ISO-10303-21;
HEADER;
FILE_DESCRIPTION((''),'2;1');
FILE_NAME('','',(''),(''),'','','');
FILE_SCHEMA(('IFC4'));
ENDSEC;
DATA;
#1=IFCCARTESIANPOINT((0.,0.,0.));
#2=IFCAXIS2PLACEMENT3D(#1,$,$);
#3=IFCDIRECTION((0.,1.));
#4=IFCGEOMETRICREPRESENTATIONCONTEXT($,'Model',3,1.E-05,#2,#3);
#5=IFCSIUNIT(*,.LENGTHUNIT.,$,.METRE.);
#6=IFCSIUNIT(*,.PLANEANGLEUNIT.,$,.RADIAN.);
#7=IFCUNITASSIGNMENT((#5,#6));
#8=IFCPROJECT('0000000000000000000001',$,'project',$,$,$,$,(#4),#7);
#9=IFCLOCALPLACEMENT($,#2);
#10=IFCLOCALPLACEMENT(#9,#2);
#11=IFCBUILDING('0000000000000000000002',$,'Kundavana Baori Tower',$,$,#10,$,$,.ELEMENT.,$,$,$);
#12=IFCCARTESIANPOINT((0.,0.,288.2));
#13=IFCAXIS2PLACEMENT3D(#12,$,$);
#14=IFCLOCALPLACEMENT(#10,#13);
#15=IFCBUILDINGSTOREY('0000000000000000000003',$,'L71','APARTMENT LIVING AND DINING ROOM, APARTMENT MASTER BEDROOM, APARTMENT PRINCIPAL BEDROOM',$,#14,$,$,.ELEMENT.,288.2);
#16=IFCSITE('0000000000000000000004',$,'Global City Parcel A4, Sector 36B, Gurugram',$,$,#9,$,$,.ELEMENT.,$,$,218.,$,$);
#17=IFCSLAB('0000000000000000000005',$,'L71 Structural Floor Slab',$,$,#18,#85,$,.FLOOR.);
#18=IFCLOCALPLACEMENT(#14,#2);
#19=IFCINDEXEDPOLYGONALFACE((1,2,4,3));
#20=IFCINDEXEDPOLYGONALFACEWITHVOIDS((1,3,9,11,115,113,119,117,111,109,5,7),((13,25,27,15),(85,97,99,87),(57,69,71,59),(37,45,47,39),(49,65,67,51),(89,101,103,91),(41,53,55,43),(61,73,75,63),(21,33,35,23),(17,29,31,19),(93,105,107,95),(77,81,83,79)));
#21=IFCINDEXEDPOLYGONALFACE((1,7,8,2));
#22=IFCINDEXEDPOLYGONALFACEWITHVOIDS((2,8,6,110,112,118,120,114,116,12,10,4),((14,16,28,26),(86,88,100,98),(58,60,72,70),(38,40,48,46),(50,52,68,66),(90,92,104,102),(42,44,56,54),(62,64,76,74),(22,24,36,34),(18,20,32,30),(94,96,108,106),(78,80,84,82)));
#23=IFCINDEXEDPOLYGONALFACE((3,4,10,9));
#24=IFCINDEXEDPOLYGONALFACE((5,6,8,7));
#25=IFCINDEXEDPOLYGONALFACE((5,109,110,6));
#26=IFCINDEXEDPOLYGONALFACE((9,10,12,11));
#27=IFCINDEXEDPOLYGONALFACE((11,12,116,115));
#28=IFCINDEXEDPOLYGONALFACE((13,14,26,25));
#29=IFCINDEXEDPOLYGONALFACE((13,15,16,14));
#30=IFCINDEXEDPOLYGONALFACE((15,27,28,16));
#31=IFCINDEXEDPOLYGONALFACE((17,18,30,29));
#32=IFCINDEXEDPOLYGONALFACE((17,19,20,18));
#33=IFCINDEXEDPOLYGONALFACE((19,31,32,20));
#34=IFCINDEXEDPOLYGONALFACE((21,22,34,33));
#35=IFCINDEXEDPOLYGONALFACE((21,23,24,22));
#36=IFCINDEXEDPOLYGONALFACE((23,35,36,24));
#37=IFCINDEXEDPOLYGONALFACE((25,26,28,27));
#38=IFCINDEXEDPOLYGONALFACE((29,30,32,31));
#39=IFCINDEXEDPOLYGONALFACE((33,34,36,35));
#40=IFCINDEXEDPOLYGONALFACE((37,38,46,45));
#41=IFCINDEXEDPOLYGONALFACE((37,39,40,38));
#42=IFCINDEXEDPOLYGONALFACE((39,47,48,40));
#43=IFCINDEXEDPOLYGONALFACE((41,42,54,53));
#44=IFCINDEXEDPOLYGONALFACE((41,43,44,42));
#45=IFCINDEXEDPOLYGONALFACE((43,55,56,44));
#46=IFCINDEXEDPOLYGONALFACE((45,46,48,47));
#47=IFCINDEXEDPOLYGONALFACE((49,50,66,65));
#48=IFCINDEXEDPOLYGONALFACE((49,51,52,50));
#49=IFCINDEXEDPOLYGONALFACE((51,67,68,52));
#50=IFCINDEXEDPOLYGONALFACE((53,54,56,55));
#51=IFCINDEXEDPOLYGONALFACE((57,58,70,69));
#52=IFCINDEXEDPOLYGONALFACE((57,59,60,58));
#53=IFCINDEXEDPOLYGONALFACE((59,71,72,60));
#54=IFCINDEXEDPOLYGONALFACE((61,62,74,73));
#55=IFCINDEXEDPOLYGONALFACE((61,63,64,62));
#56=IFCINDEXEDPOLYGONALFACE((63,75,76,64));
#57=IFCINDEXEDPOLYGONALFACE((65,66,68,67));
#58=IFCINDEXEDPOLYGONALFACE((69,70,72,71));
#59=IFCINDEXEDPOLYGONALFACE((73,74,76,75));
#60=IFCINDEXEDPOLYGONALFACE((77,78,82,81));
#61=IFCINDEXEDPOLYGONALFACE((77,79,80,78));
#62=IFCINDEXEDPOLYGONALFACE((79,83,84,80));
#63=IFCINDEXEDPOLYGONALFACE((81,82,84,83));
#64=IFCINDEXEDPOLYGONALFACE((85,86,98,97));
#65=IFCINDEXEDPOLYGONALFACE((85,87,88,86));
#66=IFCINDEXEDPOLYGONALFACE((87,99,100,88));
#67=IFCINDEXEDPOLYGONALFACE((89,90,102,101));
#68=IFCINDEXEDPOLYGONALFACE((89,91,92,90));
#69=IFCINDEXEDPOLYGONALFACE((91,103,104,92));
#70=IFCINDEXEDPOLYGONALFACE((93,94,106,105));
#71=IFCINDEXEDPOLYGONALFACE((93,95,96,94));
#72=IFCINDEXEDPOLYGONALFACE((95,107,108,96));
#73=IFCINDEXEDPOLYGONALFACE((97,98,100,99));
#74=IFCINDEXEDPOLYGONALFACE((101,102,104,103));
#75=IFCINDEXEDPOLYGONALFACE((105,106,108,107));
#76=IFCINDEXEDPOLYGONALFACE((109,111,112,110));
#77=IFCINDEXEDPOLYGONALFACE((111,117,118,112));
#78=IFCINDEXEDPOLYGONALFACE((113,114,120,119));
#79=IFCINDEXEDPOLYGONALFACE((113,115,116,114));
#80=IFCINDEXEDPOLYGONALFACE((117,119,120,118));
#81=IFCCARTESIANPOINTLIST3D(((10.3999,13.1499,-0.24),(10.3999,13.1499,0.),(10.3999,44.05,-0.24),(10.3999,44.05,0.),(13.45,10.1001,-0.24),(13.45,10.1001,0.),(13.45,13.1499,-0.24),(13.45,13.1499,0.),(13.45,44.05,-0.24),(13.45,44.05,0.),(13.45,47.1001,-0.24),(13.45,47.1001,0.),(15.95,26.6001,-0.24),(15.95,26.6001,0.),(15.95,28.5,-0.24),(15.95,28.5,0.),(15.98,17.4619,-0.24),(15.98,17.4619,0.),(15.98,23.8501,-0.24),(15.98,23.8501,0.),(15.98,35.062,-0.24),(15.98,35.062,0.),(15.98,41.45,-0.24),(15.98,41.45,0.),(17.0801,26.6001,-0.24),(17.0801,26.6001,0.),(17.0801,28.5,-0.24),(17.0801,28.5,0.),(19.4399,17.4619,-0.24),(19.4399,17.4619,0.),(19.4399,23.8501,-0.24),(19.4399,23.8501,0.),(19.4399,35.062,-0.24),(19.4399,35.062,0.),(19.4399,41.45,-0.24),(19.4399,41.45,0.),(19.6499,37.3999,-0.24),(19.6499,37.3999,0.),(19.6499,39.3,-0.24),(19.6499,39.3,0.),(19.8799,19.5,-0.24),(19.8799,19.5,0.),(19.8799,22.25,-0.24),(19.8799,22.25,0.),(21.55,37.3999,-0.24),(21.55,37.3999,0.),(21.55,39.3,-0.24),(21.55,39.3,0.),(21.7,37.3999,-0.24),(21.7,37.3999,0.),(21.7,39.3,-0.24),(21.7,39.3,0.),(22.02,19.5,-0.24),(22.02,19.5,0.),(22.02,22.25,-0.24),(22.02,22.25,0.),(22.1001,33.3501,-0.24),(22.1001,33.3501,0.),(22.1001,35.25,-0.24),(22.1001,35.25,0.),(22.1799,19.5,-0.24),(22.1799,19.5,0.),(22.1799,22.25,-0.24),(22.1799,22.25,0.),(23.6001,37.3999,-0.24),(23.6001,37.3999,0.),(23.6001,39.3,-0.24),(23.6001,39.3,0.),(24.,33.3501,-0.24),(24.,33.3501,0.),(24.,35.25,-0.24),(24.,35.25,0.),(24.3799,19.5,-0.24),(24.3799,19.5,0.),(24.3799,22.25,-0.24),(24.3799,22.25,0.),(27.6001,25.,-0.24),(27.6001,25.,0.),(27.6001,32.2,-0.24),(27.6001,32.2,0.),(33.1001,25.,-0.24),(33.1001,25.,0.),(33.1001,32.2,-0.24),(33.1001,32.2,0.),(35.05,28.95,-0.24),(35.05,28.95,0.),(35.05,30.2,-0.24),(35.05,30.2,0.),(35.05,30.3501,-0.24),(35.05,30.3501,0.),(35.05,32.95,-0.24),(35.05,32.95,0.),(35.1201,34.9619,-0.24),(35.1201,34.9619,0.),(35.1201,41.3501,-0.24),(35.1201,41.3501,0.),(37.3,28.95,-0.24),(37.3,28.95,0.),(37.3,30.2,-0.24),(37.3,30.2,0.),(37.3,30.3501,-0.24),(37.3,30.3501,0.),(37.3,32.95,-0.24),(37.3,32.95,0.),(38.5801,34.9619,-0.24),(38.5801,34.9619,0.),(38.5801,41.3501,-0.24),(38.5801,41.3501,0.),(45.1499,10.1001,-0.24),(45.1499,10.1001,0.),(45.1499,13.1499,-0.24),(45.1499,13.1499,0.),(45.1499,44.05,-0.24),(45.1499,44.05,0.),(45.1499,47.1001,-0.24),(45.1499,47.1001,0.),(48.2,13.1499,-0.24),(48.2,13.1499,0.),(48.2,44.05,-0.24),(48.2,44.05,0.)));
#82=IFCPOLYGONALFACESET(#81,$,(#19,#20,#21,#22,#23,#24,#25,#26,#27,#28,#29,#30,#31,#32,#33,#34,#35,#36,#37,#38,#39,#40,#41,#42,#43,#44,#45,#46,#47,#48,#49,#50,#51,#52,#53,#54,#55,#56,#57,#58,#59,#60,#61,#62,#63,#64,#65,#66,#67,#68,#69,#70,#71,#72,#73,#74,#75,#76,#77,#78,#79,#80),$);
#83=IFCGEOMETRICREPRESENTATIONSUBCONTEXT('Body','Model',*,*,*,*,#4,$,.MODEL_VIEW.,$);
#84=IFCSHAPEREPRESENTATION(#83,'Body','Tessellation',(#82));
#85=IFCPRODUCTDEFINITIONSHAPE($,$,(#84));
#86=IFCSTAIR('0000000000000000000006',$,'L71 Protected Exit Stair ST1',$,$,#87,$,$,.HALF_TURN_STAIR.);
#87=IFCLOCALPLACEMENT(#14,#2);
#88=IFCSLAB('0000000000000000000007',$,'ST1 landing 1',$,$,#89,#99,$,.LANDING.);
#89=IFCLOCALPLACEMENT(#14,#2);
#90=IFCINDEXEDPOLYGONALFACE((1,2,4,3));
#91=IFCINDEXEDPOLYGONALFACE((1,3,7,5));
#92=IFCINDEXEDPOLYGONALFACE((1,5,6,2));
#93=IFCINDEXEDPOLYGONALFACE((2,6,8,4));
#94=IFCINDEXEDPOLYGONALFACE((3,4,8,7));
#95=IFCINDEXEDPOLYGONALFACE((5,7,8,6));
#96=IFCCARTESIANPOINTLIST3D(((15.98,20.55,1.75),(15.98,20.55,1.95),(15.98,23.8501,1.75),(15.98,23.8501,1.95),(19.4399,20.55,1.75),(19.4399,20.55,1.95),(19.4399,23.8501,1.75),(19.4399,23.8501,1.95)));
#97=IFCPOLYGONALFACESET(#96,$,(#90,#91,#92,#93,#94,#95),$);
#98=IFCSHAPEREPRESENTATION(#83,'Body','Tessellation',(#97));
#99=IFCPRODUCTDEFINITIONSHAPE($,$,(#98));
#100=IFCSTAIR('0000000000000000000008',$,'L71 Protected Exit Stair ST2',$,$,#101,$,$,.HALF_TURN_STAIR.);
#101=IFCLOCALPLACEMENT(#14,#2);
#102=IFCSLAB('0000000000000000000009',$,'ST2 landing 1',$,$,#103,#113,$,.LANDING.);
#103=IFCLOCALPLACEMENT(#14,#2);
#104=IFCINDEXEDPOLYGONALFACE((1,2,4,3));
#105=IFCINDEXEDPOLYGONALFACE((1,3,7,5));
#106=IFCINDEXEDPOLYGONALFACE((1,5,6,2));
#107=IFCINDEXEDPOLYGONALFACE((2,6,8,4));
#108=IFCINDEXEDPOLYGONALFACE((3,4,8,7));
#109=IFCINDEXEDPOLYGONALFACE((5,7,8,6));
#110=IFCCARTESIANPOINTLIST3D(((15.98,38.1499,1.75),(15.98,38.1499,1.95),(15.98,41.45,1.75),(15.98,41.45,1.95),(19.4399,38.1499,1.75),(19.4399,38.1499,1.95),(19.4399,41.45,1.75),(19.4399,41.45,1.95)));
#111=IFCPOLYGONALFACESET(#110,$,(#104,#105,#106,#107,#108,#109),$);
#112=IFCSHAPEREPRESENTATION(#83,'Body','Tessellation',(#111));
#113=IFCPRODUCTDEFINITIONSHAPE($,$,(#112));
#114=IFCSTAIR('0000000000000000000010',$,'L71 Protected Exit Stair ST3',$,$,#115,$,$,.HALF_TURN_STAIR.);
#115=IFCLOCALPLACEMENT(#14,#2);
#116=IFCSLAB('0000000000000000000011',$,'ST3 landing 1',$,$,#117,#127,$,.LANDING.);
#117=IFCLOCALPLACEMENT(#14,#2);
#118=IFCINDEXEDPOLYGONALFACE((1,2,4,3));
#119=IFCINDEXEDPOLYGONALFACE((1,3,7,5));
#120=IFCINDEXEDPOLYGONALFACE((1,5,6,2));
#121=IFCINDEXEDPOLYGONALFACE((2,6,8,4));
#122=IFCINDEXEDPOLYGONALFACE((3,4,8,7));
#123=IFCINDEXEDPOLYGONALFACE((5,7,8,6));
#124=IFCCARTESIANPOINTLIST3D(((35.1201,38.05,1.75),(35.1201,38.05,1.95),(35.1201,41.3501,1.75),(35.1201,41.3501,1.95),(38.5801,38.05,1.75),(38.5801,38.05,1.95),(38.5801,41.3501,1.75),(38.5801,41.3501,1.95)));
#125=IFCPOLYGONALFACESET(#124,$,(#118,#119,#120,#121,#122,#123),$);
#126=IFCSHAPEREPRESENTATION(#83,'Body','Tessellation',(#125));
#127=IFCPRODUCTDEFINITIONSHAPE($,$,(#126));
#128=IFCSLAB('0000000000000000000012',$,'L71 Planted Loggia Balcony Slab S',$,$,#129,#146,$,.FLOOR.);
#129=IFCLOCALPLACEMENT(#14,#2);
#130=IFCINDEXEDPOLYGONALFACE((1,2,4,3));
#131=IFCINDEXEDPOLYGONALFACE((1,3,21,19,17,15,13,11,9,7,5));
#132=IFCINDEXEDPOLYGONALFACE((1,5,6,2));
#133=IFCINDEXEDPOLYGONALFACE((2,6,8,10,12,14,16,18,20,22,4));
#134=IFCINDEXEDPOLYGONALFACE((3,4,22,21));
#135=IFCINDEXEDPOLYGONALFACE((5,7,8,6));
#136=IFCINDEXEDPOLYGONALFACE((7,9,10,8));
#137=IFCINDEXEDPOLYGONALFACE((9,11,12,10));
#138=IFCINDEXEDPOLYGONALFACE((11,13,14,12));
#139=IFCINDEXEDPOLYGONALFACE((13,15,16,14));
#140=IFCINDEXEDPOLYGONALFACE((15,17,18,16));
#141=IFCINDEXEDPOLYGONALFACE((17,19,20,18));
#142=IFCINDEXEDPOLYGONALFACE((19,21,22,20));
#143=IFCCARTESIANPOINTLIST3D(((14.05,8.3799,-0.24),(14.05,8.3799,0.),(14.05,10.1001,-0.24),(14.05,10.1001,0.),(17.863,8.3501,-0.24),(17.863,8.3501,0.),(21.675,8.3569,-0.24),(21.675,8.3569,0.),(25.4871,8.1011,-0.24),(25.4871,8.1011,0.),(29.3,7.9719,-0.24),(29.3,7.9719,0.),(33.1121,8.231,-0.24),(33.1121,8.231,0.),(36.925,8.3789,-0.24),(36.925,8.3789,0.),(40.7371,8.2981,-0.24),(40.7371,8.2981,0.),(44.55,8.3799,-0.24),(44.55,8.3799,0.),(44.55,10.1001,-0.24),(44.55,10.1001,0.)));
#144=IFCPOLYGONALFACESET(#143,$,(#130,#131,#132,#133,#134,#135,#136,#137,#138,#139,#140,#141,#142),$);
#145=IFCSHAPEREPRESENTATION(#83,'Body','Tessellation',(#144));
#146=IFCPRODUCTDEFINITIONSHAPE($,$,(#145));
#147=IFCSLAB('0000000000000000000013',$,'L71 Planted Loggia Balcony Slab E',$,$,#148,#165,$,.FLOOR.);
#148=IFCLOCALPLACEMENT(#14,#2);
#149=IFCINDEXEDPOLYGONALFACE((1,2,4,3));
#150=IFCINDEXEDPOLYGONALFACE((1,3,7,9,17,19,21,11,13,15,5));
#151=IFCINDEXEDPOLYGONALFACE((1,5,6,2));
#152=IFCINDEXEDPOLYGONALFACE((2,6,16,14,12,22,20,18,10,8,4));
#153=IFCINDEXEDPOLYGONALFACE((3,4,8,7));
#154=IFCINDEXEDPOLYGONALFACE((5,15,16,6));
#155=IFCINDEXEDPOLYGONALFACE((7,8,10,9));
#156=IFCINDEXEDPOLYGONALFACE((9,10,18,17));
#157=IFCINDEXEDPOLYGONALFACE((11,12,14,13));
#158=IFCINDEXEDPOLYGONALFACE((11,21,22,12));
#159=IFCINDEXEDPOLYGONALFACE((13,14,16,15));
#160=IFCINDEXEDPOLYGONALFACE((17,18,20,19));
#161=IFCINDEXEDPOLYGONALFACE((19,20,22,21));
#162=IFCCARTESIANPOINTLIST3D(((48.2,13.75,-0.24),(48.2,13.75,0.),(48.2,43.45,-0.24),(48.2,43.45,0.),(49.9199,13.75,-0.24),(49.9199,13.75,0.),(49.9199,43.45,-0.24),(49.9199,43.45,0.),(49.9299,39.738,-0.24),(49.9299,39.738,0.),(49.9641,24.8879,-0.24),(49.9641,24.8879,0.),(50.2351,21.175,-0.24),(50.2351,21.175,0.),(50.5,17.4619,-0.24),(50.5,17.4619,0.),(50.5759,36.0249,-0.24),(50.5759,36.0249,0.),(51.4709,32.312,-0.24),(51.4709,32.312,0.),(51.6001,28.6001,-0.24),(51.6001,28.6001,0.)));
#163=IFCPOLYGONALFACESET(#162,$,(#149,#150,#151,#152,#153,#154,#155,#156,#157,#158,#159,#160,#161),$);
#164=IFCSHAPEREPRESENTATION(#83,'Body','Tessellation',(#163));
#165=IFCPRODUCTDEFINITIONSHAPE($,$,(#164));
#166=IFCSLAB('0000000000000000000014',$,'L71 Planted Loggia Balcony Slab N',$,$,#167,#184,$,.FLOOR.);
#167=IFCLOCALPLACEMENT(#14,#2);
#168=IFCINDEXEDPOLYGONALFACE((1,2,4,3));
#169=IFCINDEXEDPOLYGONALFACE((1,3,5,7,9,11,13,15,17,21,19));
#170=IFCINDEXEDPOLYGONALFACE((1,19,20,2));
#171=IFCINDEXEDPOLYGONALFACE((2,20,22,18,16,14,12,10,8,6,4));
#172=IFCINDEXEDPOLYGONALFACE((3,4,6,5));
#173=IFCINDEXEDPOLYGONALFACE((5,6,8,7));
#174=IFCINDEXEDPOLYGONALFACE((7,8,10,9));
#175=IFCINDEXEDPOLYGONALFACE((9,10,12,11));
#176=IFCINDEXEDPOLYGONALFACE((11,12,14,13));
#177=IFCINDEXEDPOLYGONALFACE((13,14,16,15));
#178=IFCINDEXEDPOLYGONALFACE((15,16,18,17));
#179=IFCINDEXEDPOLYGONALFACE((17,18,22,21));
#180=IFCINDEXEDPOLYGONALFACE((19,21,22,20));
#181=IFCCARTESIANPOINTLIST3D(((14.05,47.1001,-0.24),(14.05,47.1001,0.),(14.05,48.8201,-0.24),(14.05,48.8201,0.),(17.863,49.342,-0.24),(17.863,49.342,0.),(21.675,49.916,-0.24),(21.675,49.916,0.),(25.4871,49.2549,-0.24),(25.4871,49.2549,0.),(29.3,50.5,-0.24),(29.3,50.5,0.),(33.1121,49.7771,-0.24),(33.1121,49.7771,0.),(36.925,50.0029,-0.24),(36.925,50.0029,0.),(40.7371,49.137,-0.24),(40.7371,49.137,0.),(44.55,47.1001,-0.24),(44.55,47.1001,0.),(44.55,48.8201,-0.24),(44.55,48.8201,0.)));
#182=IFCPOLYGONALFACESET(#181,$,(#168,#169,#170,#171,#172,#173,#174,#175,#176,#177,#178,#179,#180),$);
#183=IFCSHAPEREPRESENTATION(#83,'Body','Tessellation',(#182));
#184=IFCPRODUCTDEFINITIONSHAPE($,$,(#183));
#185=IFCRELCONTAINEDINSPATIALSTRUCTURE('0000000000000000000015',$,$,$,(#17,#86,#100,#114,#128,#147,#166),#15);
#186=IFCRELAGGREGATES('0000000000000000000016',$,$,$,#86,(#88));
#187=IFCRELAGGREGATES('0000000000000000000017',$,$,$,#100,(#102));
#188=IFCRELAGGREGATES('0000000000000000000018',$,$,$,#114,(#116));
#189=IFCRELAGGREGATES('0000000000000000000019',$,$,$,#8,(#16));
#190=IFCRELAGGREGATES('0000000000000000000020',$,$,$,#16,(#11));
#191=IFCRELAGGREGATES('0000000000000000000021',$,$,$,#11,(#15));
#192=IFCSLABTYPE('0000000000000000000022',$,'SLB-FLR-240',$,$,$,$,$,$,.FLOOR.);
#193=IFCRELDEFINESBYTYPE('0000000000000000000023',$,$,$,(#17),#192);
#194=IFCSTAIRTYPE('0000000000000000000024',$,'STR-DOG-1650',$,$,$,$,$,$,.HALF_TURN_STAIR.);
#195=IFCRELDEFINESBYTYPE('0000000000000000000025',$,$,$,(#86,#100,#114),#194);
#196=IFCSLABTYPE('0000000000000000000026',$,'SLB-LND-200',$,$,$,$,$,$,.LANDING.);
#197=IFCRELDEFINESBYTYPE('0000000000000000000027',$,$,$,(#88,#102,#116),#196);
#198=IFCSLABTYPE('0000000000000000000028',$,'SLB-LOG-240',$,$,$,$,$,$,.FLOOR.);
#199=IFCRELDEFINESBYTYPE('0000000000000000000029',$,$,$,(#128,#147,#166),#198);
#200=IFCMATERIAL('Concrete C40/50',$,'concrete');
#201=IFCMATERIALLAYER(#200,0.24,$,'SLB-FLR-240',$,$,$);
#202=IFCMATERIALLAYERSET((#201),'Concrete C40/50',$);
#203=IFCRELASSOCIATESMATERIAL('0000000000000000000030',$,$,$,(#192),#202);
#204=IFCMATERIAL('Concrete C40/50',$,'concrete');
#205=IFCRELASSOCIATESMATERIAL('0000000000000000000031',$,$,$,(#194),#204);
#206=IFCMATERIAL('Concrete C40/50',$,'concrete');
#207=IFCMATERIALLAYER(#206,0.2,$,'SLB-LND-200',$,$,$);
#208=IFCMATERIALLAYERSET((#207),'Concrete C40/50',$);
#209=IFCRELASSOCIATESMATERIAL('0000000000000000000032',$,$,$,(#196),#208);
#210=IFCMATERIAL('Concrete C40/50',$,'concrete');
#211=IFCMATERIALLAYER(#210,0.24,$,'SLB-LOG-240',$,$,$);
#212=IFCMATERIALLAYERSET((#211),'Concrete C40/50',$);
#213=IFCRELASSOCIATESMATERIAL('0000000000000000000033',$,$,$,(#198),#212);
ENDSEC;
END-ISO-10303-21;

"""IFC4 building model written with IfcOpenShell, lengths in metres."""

from ifc_helpers import new_model, si_unit, direction, frame, origin, place, context, subcontext, project, spatial, polyline, outline, extrude, material, layer, layer_set, type_object, element, aggregate, save


model = new_model("IFC4")

# Units and contexts
model_context = context("Model", 3, precision=1e-05, world=origin(), true_north=direction((0.0, 1.0)))
body_context = subcontext(model_context, "Body", "Model", "MODEL_VIEW")
ifc_project = project(units=[si_unit("LENGTHUNIT", "METRE"), si_unit("PLANEANGLEUNIT", "RADIAN")], contexts=[model_context])

# Site, building, storey
site_placement = place(None, origin())
site = spatial("IfcSite", under=ifc_project, at=site_placement, Name="Global City Parcel A4, Sector 36B, Gurugram", CompositionType="ELEMENT", RefElevation=218.0)
building_placement = place(site_placement, origin())
building = spatial("IfcBuilding", under=site, at=building_placement, Name="Kundavana Baori Tower", CompositionType="ELEMENT")
storey_placement = place(building_placement, frame((0.0, 0.0, 288.2)))
storey = spatial("IfcBuildingStorey", under=building, at=storey_placement, Name="L71", Description="APARTMENT LIVING AND DINING ROOM, APARTMENT MASTER BEDROOM, APARTMENT PRINCIPAL BEDROOM", CompositionType="ELEMENT", Elevation=288.2)

# Slab
ifc_material_1 = material(Name="Concrete C40/50", Category="concrete")
ifc_layer_1 = layer(ifc_material_1, 0.24, Name="SLB-FLR-240")
ifc_layer_set_1 = layer_set([ifc_layer_1], Name="Concrete C40/50")
slab_type_1 = type_object("IfcSlabType", Name="SLB-FLR-240", PredefinedType="FLOOR", material=ifc_layer_set_1)
slab_1_placement = place(storey_placement, frame((0.0, 0.0, -0.24)))
element("IfcSlab", 1, at=slab_1_placement, inside=storey, type_object=slab_type_1, Name="L71 Structural Floor Slab", PredefinedType="FLOOR", context=body_context, shape_type="SweptSolid", body=[
    extrude(outline(polyline([(13.45, 10.1001), (45.1499, 10.1001), (45.1499, 13.1499), (48.2, 13.1499), (48.2, 44.05), (45.1499, 44.05), (45.1499, 47.1001), (13.45, 47.1001), (13.45, 44.05), (10.3999, 44.05), (10.3999, 13.1499), (13.45, 13.1499), (13.45, 10.1001)]), holes=[polyline([(19.4399, 17.4619), (19.4399, 23.8501), (15.98, 23.8501), (15.98, 17.4619), (19.4399, 17.4619)]), polyline([(19.4399, 35.062), (19.4399, 41.45), (15.98, 41.45), (15.98, 35.062), (19.4399, 35.062)]), polyline([(38.5801, 34.9619), (38.5801, 41.3501), (35.1201, 41.3501), (35.1201, 34.9619), (38.5801, 34.9619)]), polyline([(19.6499, 37.3999), (21.55, 37.3999), (21.55, 39.3), (19.6499, 39.3), (19.6499, 37.3999)]), polyline([(21.7, 37.3999), (23.6001, 37.3999), (23.6001, 39.3), (21.7, 39.3), (21.7, 37.3999)]), polyline([(22.1001, 33.3501), (24.0, 33.3501), (24.0, 35.25), (22.1001, 35.25), (22.1001, 33.3501)]), polyline([(19.8799, 19.5), (22.02, 19.5), (22.02, 22.25), (19.8799, 22.25), (19.8799, 19.5)]), polyline([(22.1799, 19.5), (24.3799, 19.5), (24.3799, 22.25), (22.1799, 22.25), (22.1799, 19.5)]), polyline([(35.05, 30.3501), (37.3, 30.3501), (37.3, 32.95), (35.05, 32.95), (35.05, 30.3501)]), polyline([(15.95, 26.6001), (17.0801, 26.6001), (17.0801, 28.5), (15.95, 28.5), (15.95, 26.6001)]), polyline([(35.05, 28.95), (37.3, 28.95), (37.3, 30.2), (35.05, 30.2), (35.05, 28.95)]), polyline([(27.6001, 25.0), (33.1001, 25.0), (33.1001, 32.2), (27.6001, 32.2), (27.6001, 25.0)])]), origin(), (0.0, 0.0, 1.0), 0.24),
])

# Stairs, slabs
ifc_material_2 = material(Name="Concrete C40/50", Category="concrete")
stair_type = type_object("IfcStairType", Name="STR-DOG-1650", PredefinedType="HALF_TURN_STAIR", material=ifc_material_2)
stair_1_placement = place(storey_placement, origin())
stair_1 = element("IfcStair", 2, at=stair_1_placement, inside=storey, type_object=stair_type, Name="L71 Protected Exit Stair ST1", PredefinedType="HALF_TURN_STAIR")
ifc_material_3 = material(Name="Concrete C40/50", Category="concrete")
ifc_layer_2 = layer(ifc_material_3, 0.2, Name="SLB-LND-200")
ifc_layer_set_2 = layer_set([ifc_layer_2], Name="Concrete C40/50")
slab_type_2 = type_object("IfcSlabType", Name="SLB-LND-200", PredefinedType="LANDING", material=ifc_layer_set_2)
slab_2_placement = place(storey_placement, frame((0.0, 0.0, 1.75)))
slab_2 = element("IfcSlab", 3, at=slab_2_placement, type_object=slab_type_2, Name="ST1 landing 1", PredefinedType="LANDING", context=body_context, shape_type="SweptSolid", body=[
    extrude(outline(polyline([(19.4399, 20.55), (19.4399, 23.8501), (15.98, 23.8501), (15.98, 20.55), (19.4399, 20.55)])), origin(), (0.0, 0.0, 1.0), 0.2),
])
aggregate(stair_1, [slab_2])
stair_2_placement = place(storey_placement, origin())
stair_2 = element("IfcStair", 4, at=stair_2_placement, inside=storey, type_object=stair_type, Name="L71 Protected Exit Stair ST2", PredefinedType="HALF_TURN_STAIR")
slab_3_placement = place(storey_placement, frame((0.0, 0.0, 1.75)))
slab_3 = element("IfcSlab", 5, at=slab_3_placement, type_object=slab_type_2, Name="ST2 landing 1", PredefinedType="LANDING", context=body_context, shape_type="SweptSolid", body=[
    extrude(outline(polyline([(19.4399, 38.1499), (19.4399, 41.45), (15.98, 41.45), (15.98, 38.1499), (19.4399, 38.1499)])), origin(), (0.0, 0.0, 1.0), 0.2),
])
aggregate(stair_2, [slab_3])
stair_3_placement = place(storey_placement, origin())
stair_3 = element("IfcStair", 6, at=stair_3_placement, inside=storey, type_object=stair_type, Name="L71 Protected Exit Stair ST3", PredefinedType="HALF_TURN_STAIR")
slab_4_placement = place(storey_placement, frame((0.0, 0.0, 1.75)))
slab_4 = element("IfcSlab", 7, at=slab_4_placement, type_object=slab_type_2, Name="ST3 landing 1", PredefinedType="LANDING", context=body_context, shape_type="SweptSolid", body=[
    extrude(outline(polyline([(38.5801, 38.05), (38.5801, 41.3501), (35.1201, 41.3501), (35.1201, 38.05), (38.5801, 38.05)])), origin(), (0.0, 0.0, 1.0), 0.2),
])
aggregate(stair_3, [slab_4])

# Slabs
ifc_material_4 = material(Name="Concrete C40/50", Category="concrete")
ifc_layer_3 = layer(ifc_material_4, 0.24, Name="SLB-LOG-240")
ifc_layer_set_3 = layer_set([ifc_layer_3], Name="Concrete C40/50")
slab_type_3 = type_object("IfcSlabType", Name="SLB-LOG-240", PredefinedType="FLOOR", material=ifc_layer_set_3)
slab_5_placement = place(storey_placement, frame((0.0, 0.0, -0.24)))
element("IfcSlab", 8, at=slab_5_placement, inside=storey, type_object=slab_type_3, Name="L71 Planted Loggia Balcony Slab S", PredefinedType="FLOOR", context=body_context, shape_type="SweptSolid", body=[
    extrude(outline(polyline([(14.05, 10.1001), (44.55, 10.1001), (44.55, 8.3799), (40.7371, 8.2981), (36.925, 8.3789), (33.1121, 8.231), (29.3, 7.9719), (25.4871, 8.1011), (21.675, 8.3569), (17.863, 8.3501), (14.05, 8.3799), (14.05, 10.1001)])), origin(), (0.0, 0.0, 1.0), 0.24),
])
slab_6_placement = place(storey_placement, frame((0.0, 0.0, -0.24)))
element("IfcSlab", 9, at=slab_6_placement, inside=storey, type_object=slab_type_3, Name="L71 Planted Loggia Balcony Slab E", PredefinedType="FLOOR", context=body_context, shape_type="SweptSolid", body=[
    extrude(outline(polyline([(48.2, 13.75), (48.2, 43.45), (49.9199, 43.45), (49.9299, 39.738), (50.5759, 36.0249), (51.4709, 32.312), (51.6001, 28.6001), (49.9641, 24.8879), (50.2351, 21.175), (50.5, 17.4619), (49.9199, 13.75), (48.2, 13.75)])), origin(), (0.0, 0.0, 1.0), 0.24),
])
slab_7_placement = place(storey_placement, frame((0.0, 0.0, -0.24)))
element("IfcSlab", 10, at=slab_7_placement, inside=storey, type_object=slab_type_3, Name="L71 Planted Loggia Balcony Slab N", PredefinedType="FLOOR", context=body_context, shape_type="SweptSolid", body=[
    extrude(outline(polyline([(44.55, 47.1001), (14.05, 47.1001), (14.05, 48.8201), (17.863, 49.342), (21.675, 49.916), (25.4871, 49.2549), (29.3, 50.5), (33.1121, 49.7771), (36.925, 50.0029), (40.7371, 49.137), (44.55, 48.8201), (44.55, 47.1001)])), origin(), (0.0, 0.0, 1.0), 0.24),
])

save(model, "model.ifc")
